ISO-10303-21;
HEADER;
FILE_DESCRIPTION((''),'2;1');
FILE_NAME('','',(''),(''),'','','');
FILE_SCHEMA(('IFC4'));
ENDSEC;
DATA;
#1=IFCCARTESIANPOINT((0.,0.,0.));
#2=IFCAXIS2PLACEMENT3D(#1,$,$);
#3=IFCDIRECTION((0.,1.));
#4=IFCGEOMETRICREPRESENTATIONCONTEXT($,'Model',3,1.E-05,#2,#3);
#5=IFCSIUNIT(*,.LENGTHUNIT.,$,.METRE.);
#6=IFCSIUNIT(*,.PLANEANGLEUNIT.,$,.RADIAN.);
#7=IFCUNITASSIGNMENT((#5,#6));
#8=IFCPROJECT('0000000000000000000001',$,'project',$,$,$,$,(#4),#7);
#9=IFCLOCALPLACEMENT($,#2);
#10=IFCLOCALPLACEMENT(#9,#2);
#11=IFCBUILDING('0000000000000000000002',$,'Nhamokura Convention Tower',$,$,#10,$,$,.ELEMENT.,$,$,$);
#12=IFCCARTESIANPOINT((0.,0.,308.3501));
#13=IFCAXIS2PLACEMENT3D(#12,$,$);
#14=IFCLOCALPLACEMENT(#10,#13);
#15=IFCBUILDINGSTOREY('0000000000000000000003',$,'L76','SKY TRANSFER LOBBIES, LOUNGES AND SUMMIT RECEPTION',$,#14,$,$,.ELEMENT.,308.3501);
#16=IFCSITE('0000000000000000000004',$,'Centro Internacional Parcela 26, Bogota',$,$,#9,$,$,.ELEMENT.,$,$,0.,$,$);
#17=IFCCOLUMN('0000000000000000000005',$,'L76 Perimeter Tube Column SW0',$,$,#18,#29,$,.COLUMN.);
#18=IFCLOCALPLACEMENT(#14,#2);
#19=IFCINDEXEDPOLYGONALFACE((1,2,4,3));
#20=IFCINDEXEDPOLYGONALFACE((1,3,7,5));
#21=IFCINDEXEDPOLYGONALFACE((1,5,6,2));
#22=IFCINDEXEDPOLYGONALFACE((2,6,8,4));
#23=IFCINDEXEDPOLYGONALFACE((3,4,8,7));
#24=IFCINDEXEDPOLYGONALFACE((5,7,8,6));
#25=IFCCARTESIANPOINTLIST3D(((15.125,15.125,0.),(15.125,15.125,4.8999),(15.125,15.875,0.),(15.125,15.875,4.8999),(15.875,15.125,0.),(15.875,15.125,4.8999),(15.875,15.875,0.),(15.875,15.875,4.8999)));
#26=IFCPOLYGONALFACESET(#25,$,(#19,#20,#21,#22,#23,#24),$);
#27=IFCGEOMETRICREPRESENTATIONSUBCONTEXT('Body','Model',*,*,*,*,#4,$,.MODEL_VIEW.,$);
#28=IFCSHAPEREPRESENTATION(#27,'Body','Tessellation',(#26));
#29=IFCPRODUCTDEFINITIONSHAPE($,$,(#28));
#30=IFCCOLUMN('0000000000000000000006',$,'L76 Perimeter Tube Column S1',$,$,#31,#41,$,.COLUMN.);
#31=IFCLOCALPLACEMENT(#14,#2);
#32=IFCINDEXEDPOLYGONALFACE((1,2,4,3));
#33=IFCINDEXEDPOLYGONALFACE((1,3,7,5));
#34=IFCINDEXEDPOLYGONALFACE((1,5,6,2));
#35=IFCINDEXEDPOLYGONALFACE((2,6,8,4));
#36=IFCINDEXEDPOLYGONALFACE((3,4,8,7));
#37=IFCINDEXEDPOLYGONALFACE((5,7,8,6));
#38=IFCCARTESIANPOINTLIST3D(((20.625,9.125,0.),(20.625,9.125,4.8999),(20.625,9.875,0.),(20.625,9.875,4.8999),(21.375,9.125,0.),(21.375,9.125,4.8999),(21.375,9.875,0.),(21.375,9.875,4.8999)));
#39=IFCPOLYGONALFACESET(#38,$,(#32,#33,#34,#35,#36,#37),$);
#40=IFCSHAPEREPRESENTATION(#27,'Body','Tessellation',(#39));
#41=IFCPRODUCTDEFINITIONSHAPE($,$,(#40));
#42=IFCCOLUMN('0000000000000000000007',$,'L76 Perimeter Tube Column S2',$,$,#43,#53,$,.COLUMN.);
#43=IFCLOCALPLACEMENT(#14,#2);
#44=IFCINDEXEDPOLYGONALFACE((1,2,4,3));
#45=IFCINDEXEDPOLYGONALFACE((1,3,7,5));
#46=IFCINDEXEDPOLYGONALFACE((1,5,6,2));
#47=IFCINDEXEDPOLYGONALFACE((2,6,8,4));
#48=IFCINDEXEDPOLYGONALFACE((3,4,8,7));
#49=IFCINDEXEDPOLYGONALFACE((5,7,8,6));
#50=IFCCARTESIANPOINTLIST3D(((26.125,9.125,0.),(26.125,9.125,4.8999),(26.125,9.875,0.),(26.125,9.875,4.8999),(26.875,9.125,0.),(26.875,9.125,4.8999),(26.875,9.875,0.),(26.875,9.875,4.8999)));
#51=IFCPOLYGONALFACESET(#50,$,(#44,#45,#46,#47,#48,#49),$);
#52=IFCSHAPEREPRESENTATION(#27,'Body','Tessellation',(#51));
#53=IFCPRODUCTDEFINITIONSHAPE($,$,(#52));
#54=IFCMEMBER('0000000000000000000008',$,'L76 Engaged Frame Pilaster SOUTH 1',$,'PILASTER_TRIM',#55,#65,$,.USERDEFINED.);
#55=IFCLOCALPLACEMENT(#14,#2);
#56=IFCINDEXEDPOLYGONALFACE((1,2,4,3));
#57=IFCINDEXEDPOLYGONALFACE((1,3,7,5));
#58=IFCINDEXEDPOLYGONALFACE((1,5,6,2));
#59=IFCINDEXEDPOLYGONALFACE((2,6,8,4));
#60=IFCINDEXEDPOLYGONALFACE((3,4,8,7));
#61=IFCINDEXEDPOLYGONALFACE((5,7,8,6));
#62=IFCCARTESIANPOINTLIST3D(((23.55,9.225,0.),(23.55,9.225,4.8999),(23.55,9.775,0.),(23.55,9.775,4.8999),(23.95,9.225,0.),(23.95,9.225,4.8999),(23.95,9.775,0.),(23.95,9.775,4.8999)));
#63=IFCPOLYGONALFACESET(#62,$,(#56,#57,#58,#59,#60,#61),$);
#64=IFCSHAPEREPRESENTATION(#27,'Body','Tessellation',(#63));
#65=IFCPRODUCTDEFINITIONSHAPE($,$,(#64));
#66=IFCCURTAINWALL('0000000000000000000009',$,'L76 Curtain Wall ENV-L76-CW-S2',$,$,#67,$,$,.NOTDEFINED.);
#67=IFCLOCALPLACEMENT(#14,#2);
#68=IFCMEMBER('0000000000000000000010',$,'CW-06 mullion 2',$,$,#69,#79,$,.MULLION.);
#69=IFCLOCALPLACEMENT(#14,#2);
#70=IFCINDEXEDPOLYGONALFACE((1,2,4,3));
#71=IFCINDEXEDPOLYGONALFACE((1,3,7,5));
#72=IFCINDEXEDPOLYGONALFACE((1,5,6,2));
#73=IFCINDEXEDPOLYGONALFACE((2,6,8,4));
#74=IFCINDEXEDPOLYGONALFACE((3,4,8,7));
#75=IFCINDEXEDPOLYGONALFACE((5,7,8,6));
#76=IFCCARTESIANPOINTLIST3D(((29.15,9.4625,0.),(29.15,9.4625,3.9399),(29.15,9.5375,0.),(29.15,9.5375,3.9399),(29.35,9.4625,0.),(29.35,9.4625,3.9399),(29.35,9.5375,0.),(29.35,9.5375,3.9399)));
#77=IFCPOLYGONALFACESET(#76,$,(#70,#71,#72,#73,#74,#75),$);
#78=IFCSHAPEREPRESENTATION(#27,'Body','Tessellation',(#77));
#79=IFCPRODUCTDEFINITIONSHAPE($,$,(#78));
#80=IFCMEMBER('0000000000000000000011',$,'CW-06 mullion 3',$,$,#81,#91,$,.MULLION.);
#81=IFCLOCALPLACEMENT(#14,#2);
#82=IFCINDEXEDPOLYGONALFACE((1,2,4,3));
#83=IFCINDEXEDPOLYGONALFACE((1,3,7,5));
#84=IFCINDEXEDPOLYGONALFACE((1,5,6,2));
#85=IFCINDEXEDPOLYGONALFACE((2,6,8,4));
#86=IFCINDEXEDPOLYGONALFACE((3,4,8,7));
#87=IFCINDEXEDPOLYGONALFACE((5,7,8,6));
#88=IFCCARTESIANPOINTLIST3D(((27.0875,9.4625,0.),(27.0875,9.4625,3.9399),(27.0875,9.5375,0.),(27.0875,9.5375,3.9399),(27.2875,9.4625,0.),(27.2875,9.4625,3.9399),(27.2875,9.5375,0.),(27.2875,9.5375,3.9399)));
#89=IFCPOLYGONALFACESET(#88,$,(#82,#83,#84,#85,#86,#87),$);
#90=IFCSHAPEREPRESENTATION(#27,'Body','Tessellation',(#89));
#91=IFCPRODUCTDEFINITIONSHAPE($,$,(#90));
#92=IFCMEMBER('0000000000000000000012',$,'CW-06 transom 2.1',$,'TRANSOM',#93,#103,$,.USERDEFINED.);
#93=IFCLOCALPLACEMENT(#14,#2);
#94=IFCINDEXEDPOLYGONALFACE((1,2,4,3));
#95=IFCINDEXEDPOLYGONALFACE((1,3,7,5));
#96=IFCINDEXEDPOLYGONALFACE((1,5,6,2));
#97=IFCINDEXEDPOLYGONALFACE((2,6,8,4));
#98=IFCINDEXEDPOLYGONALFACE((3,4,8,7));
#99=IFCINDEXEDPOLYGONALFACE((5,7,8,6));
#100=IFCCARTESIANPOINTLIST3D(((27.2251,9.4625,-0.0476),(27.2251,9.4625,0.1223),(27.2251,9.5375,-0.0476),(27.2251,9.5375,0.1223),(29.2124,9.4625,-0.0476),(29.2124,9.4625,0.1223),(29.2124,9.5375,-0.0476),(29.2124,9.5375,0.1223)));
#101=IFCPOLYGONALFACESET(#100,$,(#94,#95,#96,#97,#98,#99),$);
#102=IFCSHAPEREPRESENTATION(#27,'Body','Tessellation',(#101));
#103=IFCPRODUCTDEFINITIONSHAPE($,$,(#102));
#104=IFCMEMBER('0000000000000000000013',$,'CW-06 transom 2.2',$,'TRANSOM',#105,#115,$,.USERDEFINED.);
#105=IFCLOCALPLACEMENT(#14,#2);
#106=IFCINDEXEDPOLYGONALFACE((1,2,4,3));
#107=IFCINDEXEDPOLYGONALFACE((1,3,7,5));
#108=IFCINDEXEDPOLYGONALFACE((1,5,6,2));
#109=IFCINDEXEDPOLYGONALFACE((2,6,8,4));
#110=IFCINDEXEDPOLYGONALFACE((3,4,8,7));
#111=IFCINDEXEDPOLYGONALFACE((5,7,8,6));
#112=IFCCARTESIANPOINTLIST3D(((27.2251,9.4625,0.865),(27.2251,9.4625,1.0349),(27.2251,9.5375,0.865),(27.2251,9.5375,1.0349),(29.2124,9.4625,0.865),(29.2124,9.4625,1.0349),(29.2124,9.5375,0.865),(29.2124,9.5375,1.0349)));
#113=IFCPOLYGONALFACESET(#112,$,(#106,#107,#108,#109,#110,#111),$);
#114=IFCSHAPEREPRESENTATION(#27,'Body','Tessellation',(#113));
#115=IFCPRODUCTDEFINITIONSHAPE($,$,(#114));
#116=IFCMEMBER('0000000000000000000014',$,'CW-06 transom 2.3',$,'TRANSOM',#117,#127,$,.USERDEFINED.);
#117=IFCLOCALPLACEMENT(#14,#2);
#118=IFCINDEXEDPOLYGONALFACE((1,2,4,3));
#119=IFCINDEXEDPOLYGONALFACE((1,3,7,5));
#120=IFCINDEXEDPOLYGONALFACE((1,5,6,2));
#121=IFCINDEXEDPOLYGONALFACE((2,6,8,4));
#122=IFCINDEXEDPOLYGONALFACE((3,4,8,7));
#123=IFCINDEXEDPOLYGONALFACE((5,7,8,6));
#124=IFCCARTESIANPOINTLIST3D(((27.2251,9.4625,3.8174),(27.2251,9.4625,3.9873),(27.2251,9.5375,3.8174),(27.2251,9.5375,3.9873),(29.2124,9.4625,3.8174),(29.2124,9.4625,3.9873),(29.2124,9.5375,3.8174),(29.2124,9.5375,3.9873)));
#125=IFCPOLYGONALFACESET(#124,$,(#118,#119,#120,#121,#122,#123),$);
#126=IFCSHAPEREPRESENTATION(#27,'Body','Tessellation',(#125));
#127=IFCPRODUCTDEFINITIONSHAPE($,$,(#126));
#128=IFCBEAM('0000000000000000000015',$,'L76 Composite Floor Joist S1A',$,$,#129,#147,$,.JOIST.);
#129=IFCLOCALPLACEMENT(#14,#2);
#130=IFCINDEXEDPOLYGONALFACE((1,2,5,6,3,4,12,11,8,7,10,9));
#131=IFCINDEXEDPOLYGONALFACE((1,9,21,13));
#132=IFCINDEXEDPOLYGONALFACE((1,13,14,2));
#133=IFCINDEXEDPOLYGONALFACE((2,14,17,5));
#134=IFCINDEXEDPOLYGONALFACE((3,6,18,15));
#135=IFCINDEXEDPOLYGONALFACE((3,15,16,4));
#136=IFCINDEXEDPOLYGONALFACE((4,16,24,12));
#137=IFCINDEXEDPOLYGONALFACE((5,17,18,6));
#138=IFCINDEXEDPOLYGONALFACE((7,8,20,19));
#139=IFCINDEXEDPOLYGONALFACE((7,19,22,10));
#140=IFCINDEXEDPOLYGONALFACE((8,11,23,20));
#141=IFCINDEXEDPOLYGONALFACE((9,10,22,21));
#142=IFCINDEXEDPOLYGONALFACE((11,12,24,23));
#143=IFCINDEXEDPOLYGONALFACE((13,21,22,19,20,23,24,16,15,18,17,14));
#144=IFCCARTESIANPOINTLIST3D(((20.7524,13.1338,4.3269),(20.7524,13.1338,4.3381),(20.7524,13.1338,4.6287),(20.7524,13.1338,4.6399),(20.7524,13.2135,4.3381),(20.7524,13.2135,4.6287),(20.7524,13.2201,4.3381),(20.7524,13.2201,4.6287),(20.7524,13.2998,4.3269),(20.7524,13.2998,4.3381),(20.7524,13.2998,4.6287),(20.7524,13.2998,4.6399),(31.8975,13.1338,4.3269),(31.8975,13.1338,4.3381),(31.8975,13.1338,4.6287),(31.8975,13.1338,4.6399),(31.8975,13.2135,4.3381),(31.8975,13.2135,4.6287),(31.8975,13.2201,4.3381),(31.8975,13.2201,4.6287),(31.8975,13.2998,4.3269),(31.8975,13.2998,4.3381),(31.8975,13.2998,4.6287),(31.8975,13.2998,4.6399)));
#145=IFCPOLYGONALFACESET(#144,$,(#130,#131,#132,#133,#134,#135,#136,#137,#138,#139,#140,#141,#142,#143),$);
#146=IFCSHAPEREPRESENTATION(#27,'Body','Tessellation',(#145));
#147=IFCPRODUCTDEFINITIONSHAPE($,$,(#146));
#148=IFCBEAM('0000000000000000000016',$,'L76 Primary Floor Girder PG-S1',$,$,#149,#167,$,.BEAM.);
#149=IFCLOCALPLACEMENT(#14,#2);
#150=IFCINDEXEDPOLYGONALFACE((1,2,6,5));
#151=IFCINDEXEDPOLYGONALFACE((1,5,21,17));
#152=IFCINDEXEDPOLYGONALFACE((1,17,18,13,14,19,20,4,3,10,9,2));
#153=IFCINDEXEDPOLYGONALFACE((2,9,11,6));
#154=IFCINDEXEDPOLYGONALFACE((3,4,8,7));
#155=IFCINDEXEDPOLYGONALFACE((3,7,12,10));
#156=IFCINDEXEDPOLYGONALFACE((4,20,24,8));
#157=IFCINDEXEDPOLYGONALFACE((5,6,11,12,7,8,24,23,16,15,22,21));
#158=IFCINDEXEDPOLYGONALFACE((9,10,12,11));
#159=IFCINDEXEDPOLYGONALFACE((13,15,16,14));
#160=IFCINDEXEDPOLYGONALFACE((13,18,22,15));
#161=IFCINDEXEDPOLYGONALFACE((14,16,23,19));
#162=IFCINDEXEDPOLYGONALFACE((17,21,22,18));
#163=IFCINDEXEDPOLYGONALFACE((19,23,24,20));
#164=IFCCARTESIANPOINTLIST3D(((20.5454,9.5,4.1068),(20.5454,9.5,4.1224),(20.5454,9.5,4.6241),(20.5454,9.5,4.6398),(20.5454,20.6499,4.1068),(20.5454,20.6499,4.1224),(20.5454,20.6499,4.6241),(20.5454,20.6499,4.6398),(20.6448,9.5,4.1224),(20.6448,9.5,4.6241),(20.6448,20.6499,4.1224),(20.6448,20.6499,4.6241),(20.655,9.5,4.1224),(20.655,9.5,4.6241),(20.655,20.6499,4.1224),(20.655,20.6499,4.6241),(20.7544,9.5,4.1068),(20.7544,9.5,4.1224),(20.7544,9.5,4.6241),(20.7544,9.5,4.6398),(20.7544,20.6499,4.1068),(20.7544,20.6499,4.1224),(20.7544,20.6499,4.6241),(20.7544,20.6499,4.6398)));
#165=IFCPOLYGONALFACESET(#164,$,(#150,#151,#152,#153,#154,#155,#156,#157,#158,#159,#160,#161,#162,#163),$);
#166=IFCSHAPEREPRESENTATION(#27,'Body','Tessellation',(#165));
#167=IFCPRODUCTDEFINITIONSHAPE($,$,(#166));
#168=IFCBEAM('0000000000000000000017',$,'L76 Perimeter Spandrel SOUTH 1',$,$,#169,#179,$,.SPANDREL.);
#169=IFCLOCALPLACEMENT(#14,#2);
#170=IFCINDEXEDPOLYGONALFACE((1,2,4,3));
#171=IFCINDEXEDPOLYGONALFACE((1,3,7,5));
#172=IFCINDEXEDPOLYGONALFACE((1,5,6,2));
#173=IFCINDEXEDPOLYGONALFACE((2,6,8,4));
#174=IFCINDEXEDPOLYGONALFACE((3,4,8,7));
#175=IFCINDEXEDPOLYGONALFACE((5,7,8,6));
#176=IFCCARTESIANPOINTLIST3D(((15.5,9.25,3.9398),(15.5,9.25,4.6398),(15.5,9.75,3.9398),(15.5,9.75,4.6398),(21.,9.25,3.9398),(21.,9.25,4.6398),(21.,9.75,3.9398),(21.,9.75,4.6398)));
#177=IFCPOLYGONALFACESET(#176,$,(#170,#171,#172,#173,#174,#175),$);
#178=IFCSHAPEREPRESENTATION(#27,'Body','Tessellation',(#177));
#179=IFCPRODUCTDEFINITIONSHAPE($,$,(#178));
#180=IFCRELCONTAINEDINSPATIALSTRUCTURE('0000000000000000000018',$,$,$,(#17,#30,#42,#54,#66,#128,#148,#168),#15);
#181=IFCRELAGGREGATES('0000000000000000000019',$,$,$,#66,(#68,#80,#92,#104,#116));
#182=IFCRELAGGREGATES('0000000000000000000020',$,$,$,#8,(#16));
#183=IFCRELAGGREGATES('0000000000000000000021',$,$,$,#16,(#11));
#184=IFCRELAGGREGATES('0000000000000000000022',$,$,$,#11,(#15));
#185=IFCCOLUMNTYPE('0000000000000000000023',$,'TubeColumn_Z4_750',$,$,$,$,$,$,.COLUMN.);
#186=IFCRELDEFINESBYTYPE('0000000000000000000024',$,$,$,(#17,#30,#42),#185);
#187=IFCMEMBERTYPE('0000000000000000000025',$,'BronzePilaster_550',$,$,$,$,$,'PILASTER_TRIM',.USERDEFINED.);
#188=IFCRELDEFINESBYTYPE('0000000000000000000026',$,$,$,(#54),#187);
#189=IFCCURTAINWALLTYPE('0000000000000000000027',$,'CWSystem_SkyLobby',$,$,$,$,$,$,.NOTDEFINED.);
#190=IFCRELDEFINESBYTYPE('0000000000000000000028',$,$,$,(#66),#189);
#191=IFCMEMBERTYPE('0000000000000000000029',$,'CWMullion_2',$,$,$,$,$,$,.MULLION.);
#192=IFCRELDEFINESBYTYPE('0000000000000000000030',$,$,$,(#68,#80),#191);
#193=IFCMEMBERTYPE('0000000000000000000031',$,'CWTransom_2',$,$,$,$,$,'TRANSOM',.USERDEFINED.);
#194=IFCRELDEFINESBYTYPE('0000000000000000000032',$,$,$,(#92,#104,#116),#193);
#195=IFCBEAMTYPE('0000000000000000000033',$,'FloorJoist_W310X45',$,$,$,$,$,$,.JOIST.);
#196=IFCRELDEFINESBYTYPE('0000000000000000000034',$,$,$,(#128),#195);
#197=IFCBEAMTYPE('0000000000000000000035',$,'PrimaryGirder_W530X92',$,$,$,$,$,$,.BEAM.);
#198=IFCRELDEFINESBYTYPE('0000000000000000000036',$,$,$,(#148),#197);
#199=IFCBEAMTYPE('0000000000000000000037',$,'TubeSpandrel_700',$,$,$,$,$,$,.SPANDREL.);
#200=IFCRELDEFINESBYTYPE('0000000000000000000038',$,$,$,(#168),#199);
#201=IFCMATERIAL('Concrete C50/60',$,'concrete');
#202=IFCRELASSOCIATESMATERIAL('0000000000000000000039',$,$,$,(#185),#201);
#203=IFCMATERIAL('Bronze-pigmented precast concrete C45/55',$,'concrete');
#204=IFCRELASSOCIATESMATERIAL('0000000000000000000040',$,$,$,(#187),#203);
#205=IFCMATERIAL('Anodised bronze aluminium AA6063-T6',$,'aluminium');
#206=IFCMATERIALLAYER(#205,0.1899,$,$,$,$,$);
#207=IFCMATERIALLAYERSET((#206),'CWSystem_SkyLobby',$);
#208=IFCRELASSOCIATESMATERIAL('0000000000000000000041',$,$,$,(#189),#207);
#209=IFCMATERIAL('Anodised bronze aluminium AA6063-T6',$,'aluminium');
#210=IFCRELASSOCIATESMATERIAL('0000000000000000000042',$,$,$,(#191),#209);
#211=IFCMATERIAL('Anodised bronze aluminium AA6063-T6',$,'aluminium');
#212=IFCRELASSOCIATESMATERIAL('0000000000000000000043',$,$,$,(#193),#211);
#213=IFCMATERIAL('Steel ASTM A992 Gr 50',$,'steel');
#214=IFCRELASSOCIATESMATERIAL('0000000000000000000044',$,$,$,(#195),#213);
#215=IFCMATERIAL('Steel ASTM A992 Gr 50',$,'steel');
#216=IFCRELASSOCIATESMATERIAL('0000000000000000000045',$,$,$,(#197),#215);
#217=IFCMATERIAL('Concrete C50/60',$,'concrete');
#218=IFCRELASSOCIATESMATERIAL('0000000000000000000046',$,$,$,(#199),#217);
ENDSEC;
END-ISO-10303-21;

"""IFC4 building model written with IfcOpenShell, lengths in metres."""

from ifc_helpers import new_model, si_unit, direction, frame, origin, origin_2d, place, context, subcontext, project, spatial, rectangle, i_section, extrude, material, layer, layer_set, material_profile, profile_set, type_object, element, aggregate, save


model = new_model("IFC4")

# Units and contexts
model_context = context("Model", 3, precision=1e-05, world=origin(), true_north=direction((0.0, 1.0)))
body_context = subcontext(model_context, "Body", "Model", "MODEL_VIEW")
ifc_project = project(units=[si_unit("LENGTHUNIT", "METRE"), si_unit("PLANEANGLEUNIT", "RADIAN")], contexts=[model_context])

# Site, building, storey
site_placement = place(None, origin())
site = spatial("IfcSite", under=ifc_project, at=site_placement, Name="Centro Internacional Parcela 26, Bogota", CompositionType="ELEMENT", RefElevation=0.0)
building_placement = place(site_placement, origin())
building = spatial("IfcBuilding", under=site, at=building_placement, Name="Nhamokura Convention Tower", CompositionType="ELEMENT")
storey_placement = place(building_placement, frame((0.0, 0.0, 308.3501)))
storey = spatial("IfcBuildingStorey", under=building, at=storey_placement, Name="L76", Description="SKY TRANSFER LOBBIES, LOUNGES AND SUMMIT RECEPTION", CompositionType="ELEMENT", Elevation=308.3501)

# Columns
ifc_material_1 = material(Name="Concrete C50/60", Category="concrete")
ifc_material_profile_1 = material_profile(ifc_material_1, rectangle(XDim=0.75, YDim=0.75, at=origin_2d()))
ifc_profile_set_1 = profile_set([ifc_material_profile_1], Name="Concrete C50/60")
column_type = type_object("IfcColumnType", Name="TubeColumn_Z4_750", PredefinedType="COLUMN", material=ifc_profile_set_1)
for number, where, z_axis, x_axis, name in (
    (1, (15.5, 15.5, 0.0), (0.0, 0.0, 1.0), (1.0, 0.0, 0.0), "L76 Perimeter Tube Column SW0"),
    (2, (21.0, 9.5, 0.0), (0.0, 0.0, 1.0), (1.0, 0.0, 0.0), "L76 Perimeter Tube Column S1"),
    (3, (26.5, 9.5, 0.0), (0.0, 0.0, 1.0), (1.0, 0.0, 0.0), "L76 Perimeter Tube Column S2"),
):
    element("IfcColumn", number, at=place(storey_placement, frame(where, z_axis=z_axis, x_axis=x_axis)), inside=storey, type_object=column_type, Name=name, PredefinedType="COLUMN", context=body_context, shape_type="SweptSolid", body=[
        extrude(rectangle(XDim=0.75, YDim=0.75, at=origin_2d()), origin(), (0.0, 0.0, 1.0), 4.8999),
    ])

# Member
ifc_material_2 = material(Name="Bronze-pigmented precast concrete C45/55", Category="concrete")
ifc_material_profile_2 = material_profile(ifc_material_2, rectangle(XDim=0.3999, YDim=0.55, at=origin_2d()))
ifc_profile_set_2 = profile_set([ifc_material_profile_2], Name="Bronze-pigmented precast concrete C45/55")
member_type_1 = type_object("IfcMemberType", Name="BronzePilaster_550", ElementType="PILASTER_TRIM", PredefinedType="USERDEFINED", material=ifc_profile_set_2)
member_1_placement = place(storey_placement, frame((23.75, 9.5, 0.0), z_axis=(0.0, 0.0, 1.0), x_axis=(1.0, 0.0, 0.0)))
element("IfcMember", 4, at=member_1_placement, inside=storey, type_object=member_type_1, Name="L76 Engaged Frame Pilaster SOUTH 1", ObjectType="PILASTER_TRIM", PredefinedType="USERDEFINED", context=body_context, shape_type="SweptSolid", body=[
    extrude(rectangle(XDim=0.3999, YDim=0.55, at=origin_2d()), origin(), (0.0, 0.0, 1.0), 4.8999),
])

# Curtain wall, members
ifc_material_3 = material(Name="Anodised bronze aluminium AA6063-T6", Category="aluminium")
ifc_layer_1 = layer(ifc_material_3, 0.1899)
ifc_layer_set_1 = layer_set([ifc_layer_1], Name="CWSystem_SkyLobby")
curtain_wall_type = type_object("IfcCurtainWallType", Name="CWSystem_SkyLobby", PredefinedType="NOTDEFINED", material=ifc_layer_set_1)
curtain_wall_placement = place(storey_placement, origin())
curtain_wall = element("IfcCurtainWall", 5, at=curtain_wall_placement, inside=storey, type_object=curtain_wall_type, Name="L76 Curtain Wall ENV-L76-CW-S2", PredefinedType="NOTDEFINED")
ifc_material_4 = material(Name="Anodised bronze aluminium AA6063-T6", Category="aluminium")
ifc_material_profile_3 = material_profile(ifc_material_4, rectangle(XDim=0.075, YDim=0.2, at=origin_2d()))
ifc_profile_set_3 = profile_set([ifc_material_profile_3], Name="Anodised bronze aluminium AA6063-T6")
member_type_2 = type_object("IfcMemberType", Name="CWMullion_2", PredefinedType="MULLION", material=ifc_profile_set_3)
member_2_placement = place(storey_placement, frame((29.25, 9.5, 0.0), z_axis=(0.0, 0.0, 1.0), x_axis=(0.0, -1.0, 0.0)))
member_2 = element("IfcMember", 6, at=member_2_placement, type_object=member_type_2, Name="CW-06 mullion 2", PredefinedType="MULLION", context=body_context, shape_type="SweptSolid", body=[
    extrude(rectangle(XDim=0.075, YDim=0.2, at=origin_2d()), origin(), (0.0, 0.0, 1.0), 3.9399),
])
member_3_placement = place(storey_placement, frame((27.1875, 9.5, 0.0), z_axis=(0.0, 0.0, 1.0), x_axis=(0.0, -1.0, 0.0)))
member_3 = element("IfcMember", 7, at=member_3_placement, type_object=member_type_2, Name="CW-06 mullion 3", PredefinedType="MULLION", context=body_context, shape_type="SweptSolid", body=[
    extrude(rectangle(XDim=0.075, YDim=0.2, at=origin_2d()), origin(), (0.0, 0.0, 1.0), 3.9399),
])
ifc_material_5 = material(Name="Anodised bronze aluminium AA6063-T6", Category="aluminium")
ifc_material_profile_4 = material_profile(ifc_material_5, rectangle(XDim=0.075, YDim=0.1699, at=origin_2d()))
ifc_profile_set_4 = profile_set([ifc_material_profile_4], Name="Anodised bronze aluminium AA6063-T6")
member_type_3 = type_object("IfcMemberType", Name="CWTransom_2", ElementType="TRANSOM", PredefinedType="USERDEFINED", material=ifc_profile_set_4)
member_4_placement = place(storey_placement, frame((29.2124, 9.5, 0.0374), z_axis=(-1.0, 0.0, 0.0), x_axis=(0.0, -1.0, 0.0)))
member_4 = element("IfcMember", 8, at=member_4_placement, type_object=member_type_3, Name="CW-06 transom 2.1", ObjectType="TRANSOM", PredefinedType="USERDEFINED", context=body_context, shape_type="SweptSolid", body=[
    extrude(rectangle(XDim=0.075, YDim=0.1699, at=origin_2d()), origin(), (0.0, 0.0, 1.0), 1.9873),
])
member_5_placement = place(storey_placement, frame((29.2124, 9.5, 0.95), z_axis=(-1.0, 0.0, 0.0), x_axis=(0.0, -1.0, 0.0)))
member_5 = element("IfcMember", 9, at=member_5_placement, type_object=member_type_3, Name="CW-06 transom 2.2", ObjectType="TRANSOM", PredefinedType="USERDEFINED", context=body_context, shape_type="SweptSolid", body=[
    extrude(rectangle(XDim=0.075, YDim=0.1699, at=origin_2d()), origin(), (0.0, 0.0, 1.0), 1.9873),
])
member_6_placement = place(storey_placement, frame((29.2124, 9.5, 3.9023), z_axis=(-1.0, 0.0, 0.0), x_axis=(0.0, -1.0, 0.0)))
member_6 = element("IfcMember", 10, at=member_6_placement, type_object=member_type_3, Name="CW-06 transom 2.3", ObjectType="TRANSOM", PredefinedType="USERDEFINED", context=body_context, shape_type="SweptSolid", body=[
    extrude(rectangle(XDim=0.075, YDim=0.1699, at=origin_2d()), origin(), (0.0, 0.0, 1.0), 1.9873),
])

# Beams
ifc_material_6 = material(Name="Steel ASTM A992 Gr 50", Category="steel")
ifc_material_profile_5 = material_profile(ifc_material_6, i_section(OverallWidth=0.166, OverallDepth=0.313, WebThickness=0.0066, FlangeThickness=0.0112, at=origin_2d()))
ifc_profile_set_5 = profile_set([ifc_material_profile_5], Name="Steel ASTM A992 Gr 50")
beam_type_1 = type_object("IfcBeamType", Name="FloorJoist_W310X45", PredefinedType="JOIST", material=ifc_profile_set_5)
beam_1_placement = place(storey_placement, frame((20.7524, 13.2168, 4.4834), z_axis=(1.0, 0.0, 0.0), x_axis=(0.0, 1.0, 0.0)))
element("IfcBeam", 11, at=beam_1_placement, inside=storey, type_object=beam_type_1, Name="L76 Composite Floor Joist S1A", PredefinedType="JOIST", context=body_context, shape_type="SweptSolid", body=[
    extrude(i_section(OverallWidth=0.166, OverallDepth=0.313, WebThickness=0.0066, FlangeThickness=0.0112, at=origin_2d()), origin(), (0.0, 0.0, 1.0), 11.145),
])
ifc_material_7 = material(Name="Steel ASTM A992 Gr 50", Category="steel")
ifc_material_profile_6 = material_profile(ifc_material_7, i_section(OverallWidth=0.209, OverallDepth=0.533, WebThickness=0.0103, FlangeThickness=0.0156, at=origin_2d()))
ifc_profile_set_6 = profile_set([ifc_material_profile_6], Name="Steel ASTM A992 Gr 50")
beam_type_2 = type_object("IfcBeamType", Name="PrimaryGirder_W530X92", PredefinedType="BEAM", material=ifc_profile_set_6)
beam_2_placement = place(storey_placement, frame((20.6499, 9.5, 4.3733), z_axis=(0.0, 1.0, 0.0), x_axis=(-1.0, 0.0, 0.0)))
element("IfcBeam", 12, at=beam_2_placement, inside=storey, type_object=beam_type_2, Name="L76 Primary Floor Girder PG-S1", PredefinedType="BEAM", context=body_context, shape_type="SweptSolid", body=[
    extrude(i_section(OverallWidth=0.209, OverallDepth=0.533, WebThickness=0.0103, FlangeThickness=0.0156, at=origin_2d()), origin(), (0.0, 0.0, 1.0), 11.1499),
])
ifc_material_8 = material(Name="Concrete C50/60", Category="concrete")
ifc_material_profile_7 = material_profile(ifc_material_8, rectangle(XDim=0.5, YDim=0.7, at=origin_2d()))
ifc_profile_set_7 = profile_set([ifc_material_profile_7], Name="Concrete C50/60")
beam_type_3 = type_object("IfcBeamType", Name="TubeSpandrel_700", PredefinedType="SPANDREL", material=ifc_profile_set_7)
for number, where, z_axis, x_axis, name in (
    (13, (15.5, 9.5, 4.2898), (1.0, 0.0, 0.0), (0.0, 1.0, 0.0), "L76 Perimeter Spandrel SOUTH 1"),
):
    element("IfcBeam", number, at=place(storey_placement, frame(where, z_axis=z_axis, x_axis=x_axis)), inside=storey, type_object=beam_type_3, Name=name, PredefinedType="SPANDREL", context=body_context, shape_type="SweptSolid", body=[
        extrude(rectangle(XDim=0.5, YDim=0.7, at=origin_2d()), origin(), (0.0, 0.0, 1.0), 5.5),
    ])

aggregate(curtain_wall, [member_2, member_3, member_4, member_5, member_6])

save(model, "model.ifc")
